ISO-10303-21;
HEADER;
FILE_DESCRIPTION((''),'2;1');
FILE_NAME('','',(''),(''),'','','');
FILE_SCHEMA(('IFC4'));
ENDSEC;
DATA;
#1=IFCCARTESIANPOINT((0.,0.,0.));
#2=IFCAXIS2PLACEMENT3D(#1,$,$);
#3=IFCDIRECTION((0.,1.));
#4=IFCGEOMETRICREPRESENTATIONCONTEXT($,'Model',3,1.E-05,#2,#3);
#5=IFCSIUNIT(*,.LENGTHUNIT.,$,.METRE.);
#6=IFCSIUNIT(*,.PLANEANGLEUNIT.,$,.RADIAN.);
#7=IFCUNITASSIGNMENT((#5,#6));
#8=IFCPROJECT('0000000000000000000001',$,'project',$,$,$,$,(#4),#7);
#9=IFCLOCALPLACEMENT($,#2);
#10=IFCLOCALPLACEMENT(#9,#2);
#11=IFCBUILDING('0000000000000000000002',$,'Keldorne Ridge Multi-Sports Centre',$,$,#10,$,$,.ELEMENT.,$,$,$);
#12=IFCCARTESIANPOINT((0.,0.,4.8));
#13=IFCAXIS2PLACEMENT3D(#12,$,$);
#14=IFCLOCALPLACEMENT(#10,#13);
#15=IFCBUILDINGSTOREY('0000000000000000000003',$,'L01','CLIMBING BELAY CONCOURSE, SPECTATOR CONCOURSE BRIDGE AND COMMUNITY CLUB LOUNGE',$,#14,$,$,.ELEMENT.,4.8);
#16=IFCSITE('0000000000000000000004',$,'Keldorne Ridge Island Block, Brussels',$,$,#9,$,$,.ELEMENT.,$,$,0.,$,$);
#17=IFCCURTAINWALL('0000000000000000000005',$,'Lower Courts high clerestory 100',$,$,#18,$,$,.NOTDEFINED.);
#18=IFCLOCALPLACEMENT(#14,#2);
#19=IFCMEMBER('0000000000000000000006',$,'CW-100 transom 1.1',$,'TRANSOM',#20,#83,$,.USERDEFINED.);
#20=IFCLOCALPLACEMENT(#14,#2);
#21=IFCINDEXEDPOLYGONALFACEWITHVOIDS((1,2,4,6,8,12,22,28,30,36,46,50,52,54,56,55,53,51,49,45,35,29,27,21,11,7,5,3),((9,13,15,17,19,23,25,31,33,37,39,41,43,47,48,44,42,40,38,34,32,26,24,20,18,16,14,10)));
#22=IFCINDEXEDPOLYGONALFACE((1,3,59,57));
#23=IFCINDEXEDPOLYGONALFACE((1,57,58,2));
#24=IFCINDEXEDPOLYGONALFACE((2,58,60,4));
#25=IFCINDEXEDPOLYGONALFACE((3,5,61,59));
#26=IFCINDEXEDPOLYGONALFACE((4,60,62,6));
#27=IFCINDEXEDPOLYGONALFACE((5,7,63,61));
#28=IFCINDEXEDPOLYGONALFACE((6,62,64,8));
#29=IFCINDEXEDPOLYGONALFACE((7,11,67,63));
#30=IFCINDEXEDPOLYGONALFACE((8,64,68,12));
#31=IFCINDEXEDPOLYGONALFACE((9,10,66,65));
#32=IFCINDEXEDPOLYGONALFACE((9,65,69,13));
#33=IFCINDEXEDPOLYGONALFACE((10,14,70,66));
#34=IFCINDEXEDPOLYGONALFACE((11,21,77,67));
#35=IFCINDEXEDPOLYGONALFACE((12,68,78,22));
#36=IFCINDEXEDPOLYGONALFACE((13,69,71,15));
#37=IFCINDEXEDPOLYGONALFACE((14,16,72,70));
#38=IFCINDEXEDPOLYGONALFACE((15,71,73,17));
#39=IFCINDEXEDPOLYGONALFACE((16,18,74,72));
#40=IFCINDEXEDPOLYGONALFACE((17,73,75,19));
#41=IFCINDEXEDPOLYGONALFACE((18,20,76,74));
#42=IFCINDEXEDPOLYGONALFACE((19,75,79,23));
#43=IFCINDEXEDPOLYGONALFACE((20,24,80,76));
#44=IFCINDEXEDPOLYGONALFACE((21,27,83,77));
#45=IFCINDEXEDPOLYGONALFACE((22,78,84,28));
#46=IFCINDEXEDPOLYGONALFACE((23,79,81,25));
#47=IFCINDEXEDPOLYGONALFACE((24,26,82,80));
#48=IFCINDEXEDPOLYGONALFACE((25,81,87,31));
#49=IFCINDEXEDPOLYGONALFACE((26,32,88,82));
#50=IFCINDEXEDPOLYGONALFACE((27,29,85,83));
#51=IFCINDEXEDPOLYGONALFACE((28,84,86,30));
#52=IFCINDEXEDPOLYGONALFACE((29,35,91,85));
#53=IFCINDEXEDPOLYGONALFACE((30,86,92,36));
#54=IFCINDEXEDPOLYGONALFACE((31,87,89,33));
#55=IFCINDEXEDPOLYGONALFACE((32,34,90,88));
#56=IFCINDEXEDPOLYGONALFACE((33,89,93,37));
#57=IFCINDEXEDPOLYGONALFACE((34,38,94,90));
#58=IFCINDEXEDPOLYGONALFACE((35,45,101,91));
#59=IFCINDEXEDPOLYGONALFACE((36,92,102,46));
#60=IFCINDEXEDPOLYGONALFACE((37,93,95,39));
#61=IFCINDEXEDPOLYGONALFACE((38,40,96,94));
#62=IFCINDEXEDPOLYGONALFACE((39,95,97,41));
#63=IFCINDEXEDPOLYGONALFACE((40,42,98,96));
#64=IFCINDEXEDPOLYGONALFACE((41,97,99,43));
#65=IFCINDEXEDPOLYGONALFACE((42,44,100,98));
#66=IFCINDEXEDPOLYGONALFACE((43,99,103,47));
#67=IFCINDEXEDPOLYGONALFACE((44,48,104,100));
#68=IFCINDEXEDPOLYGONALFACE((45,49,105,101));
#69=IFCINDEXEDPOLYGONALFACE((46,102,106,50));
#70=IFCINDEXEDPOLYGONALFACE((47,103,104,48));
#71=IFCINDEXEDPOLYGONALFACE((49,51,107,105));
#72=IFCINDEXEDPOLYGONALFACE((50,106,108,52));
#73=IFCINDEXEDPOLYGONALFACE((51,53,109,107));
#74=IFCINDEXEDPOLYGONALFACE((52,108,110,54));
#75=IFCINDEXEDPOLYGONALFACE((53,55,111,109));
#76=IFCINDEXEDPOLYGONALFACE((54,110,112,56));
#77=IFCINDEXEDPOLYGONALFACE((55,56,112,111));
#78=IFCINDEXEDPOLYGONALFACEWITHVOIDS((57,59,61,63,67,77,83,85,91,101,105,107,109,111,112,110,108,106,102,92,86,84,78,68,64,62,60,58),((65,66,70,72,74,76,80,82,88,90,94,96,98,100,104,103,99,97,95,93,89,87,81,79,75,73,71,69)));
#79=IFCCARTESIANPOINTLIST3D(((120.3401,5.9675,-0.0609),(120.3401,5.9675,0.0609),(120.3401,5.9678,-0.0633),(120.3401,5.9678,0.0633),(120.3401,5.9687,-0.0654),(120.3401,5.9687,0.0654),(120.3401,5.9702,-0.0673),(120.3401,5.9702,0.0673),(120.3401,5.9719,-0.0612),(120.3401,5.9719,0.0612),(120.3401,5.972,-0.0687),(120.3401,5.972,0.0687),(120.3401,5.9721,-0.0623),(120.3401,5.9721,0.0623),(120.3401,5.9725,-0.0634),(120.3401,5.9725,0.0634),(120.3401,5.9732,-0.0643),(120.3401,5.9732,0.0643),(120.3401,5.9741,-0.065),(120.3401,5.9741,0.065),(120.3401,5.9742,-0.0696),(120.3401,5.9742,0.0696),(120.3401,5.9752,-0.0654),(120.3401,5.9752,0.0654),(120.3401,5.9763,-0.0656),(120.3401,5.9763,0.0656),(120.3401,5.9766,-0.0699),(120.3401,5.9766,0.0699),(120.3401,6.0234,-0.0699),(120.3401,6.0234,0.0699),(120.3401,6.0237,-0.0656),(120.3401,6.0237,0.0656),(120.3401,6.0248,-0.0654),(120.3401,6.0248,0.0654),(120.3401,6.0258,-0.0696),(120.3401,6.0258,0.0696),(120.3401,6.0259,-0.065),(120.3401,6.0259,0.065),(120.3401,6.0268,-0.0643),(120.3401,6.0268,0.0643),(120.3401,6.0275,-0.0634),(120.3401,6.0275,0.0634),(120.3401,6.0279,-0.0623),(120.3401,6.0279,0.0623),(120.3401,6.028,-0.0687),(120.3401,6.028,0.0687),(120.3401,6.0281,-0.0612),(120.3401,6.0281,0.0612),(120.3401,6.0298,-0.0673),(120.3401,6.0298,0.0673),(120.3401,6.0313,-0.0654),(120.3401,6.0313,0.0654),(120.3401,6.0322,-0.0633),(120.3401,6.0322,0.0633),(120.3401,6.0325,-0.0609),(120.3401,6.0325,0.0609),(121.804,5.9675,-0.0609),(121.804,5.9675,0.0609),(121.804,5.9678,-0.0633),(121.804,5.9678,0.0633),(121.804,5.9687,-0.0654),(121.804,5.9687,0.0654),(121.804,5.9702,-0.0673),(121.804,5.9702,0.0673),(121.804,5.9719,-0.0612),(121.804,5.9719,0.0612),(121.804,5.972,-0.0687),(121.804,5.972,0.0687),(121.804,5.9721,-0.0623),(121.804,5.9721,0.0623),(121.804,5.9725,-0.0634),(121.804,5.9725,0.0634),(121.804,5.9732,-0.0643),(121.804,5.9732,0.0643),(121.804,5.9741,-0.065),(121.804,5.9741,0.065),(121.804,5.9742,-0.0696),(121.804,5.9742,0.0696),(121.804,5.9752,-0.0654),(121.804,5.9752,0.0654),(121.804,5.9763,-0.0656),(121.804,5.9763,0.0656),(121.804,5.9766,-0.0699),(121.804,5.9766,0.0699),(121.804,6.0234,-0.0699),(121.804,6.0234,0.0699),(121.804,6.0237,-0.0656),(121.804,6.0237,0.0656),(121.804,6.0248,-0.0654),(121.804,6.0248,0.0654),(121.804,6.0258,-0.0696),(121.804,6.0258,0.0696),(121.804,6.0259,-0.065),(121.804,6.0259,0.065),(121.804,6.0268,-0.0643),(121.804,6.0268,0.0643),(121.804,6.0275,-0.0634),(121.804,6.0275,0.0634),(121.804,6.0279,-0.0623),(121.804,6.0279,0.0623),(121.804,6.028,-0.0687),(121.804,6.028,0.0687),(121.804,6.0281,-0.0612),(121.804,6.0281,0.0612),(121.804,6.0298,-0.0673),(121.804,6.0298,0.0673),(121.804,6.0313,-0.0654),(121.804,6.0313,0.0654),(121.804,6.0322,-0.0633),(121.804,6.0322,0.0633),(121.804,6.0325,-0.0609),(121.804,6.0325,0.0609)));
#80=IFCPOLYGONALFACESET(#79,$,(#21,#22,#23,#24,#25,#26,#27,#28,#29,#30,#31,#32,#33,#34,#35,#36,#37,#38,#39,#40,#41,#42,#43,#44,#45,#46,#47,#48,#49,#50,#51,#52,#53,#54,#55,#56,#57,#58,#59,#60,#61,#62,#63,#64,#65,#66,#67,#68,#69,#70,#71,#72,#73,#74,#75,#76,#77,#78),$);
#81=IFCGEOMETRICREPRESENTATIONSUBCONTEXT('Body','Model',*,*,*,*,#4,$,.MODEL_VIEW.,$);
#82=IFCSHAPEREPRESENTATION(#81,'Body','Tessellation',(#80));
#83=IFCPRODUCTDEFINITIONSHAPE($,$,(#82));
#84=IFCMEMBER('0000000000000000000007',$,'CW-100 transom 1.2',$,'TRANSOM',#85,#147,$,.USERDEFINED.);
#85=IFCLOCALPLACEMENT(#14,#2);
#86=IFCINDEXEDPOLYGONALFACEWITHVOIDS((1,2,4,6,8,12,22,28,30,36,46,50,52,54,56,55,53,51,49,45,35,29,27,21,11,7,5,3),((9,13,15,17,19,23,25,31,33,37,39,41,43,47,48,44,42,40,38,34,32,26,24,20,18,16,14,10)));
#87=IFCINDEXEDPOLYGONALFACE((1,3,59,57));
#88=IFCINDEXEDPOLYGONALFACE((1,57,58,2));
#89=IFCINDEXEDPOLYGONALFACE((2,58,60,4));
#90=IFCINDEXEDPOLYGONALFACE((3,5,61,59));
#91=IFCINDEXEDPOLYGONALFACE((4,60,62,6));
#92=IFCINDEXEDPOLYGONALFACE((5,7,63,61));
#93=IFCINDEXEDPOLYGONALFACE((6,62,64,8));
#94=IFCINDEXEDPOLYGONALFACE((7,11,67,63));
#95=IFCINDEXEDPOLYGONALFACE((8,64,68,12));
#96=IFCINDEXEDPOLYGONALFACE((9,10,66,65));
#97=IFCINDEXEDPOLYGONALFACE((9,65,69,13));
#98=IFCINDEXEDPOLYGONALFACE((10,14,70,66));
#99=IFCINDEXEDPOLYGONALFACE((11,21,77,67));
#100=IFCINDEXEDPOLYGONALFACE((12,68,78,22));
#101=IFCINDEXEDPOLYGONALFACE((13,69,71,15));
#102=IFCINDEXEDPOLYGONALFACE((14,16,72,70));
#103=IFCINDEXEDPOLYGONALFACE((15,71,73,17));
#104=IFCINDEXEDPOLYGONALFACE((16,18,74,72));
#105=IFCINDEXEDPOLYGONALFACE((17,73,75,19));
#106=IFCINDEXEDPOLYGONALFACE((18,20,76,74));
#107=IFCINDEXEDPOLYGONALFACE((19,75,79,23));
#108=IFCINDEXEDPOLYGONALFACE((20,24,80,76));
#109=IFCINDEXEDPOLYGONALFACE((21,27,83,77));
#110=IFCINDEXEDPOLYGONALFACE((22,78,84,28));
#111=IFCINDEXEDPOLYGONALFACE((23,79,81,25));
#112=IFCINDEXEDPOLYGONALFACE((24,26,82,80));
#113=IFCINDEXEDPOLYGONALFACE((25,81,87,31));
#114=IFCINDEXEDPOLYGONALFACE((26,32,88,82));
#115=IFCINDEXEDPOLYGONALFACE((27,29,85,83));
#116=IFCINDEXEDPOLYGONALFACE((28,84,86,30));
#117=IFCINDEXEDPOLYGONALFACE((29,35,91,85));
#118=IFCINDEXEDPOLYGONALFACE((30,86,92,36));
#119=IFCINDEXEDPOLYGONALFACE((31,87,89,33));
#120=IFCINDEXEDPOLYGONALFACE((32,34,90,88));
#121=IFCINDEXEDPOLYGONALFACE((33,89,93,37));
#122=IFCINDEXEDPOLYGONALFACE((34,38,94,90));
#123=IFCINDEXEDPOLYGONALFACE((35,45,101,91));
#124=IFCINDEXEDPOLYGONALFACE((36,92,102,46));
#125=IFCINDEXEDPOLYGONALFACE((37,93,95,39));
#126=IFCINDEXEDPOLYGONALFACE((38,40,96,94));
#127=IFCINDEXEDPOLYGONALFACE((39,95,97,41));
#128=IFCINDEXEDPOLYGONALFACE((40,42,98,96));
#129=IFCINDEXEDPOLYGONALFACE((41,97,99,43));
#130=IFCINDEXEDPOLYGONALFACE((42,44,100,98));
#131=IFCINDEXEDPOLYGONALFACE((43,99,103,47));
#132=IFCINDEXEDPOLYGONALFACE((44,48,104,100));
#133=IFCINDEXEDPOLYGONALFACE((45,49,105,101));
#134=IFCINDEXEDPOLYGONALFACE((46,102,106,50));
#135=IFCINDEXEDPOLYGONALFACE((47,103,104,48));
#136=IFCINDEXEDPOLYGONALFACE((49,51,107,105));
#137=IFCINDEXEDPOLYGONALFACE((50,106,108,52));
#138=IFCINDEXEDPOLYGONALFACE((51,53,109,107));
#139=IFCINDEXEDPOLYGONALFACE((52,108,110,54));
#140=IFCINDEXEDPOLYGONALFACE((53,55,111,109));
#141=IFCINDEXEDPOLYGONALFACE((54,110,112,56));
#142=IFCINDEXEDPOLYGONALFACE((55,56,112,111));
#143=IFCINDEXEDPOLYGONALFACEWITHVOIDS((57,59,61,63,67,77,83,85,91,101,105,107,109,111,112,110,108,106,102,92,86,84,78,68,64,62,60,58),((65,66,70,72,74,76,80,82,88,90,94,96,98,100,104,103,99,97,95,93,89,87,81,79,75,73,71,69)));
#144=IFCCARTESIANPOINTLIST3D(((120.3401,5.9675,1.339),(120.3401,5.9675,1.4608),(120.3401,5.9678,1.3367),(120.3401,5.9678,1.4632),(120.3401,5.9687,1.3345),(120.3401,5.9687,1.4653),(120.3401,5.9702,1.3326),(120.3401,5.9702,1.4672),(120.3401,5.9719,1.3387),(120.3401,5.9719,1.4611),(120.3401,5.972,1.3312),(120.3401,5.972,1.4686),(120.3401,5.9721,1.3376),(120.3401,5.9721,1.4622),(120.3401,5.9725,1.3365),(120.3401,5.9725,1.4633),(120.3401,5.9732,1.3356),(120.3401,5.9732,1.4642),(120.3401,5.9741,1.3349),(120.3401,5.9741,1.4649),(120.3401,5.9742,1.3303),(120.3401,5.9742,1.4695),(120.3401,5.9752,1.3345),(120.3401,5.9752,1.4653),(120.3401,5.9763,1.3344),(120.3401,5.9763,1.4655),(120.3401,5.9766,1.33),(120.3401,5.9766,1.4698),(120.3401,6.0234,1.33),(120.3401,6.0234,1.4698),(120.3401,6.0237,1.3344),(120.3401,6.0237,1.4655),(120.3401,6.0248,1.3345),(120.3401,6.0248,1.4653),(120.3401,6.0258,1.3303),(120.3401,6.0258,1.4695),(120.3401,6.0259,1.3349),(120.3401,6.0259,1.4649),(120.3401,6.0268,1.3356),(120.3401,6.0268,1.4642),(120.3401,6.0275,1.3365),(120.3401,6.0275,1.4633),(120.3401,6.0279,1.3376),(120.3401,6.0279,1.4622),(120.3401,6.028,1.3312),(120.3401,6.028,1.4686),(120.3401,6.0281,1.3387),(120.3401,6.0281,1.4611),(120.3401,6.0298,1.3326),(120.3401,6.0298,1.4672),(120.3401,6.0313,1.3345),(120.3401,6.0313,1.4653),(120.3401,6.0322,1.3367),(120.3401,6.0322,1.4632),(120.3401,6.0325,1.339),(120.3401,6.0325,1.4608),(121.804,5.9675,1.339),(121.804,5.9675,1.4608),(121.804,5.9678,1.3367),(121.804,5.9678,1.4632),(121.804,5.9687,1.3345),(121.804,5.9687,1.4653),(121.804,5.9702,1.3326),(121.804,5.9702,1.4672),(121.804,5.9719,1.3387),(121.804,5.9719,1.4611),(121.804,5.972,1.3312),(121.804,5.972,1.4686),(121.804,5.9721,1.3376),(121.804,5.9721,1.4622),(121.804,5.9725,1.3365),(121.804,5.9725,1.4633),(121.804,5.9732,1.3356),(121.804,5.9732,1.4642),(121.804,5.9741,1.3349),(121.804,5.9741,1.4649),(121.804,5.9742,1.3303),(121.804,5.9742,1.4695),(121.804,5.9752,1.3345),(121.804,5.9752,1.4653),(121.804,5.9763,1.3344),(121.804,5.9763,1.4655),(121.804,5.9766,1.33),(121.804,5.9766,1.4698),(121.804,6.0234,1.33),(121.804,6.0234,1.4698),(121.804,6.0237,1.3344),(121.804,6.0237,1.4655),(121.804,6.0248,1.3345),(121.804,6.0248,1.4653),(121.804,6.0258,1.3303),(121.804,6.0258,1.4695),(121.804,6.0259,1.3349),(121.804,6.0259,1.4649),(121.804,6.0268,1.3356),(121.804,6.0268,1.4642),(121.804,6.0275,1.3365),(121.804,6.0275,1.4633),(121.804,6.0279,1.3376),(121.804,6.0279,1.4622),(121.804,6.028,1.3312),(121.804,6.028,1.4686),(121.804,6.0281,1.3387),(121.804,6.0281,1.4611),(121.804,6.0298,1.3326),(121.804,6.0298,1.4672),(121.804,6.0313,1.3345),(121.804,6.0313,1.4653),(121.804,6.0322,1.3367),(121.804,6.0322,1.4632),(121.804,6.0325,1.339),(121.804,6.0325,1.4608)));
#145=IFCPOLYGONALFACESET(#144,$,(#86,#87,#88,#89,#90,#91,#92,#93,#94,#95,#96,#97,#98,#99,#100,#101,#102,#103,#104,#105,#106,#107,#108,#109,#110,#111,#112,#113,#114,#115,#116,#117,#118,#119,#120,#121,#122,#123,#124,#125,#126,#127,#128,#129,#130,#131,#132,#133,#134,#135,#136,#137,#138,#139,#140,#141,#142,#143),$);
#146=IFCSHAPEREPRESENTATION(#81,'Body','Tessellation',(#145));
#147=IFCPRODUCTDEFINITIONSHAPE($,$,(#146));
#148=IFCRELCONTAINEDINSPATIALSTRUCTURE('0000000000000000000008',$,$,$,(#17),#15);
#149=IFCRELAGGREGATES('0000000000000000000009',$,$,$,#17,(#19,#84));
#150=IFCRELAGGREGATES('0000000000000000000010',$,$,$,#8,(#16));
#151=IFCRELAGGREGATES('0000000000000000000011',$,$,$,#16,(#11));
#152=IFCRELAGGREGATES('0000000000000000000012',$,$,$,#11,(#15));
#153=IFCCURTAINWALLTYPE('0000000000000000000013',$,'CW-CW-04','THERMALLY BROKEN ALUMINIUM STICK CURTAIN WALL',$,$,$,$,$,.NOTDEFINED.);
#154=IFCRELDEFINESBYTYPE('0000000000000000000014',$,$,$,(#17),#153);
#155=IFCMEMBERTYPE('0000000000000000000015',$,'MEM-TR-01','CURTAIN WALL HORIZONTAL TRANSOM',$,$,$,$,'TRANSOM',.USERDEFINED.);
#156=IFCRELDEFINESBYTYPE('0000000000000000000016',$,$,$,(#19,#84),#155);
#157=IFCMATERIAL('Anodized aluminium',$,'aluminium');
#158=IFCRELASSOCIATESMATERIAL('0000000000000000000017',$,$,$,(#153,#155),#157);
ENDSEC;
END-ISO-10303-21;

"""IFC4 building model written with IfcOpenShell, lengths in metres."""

from ifc_helpers import new_model, si_unit, direction, frame, origin, origin_2d, place, context, subcontext, project, spatial, hollow_rectangle, extrude, material, material_profile, profile_set, type_object, element, aggregate, save


model = new_model("IFC4")

# Units and contexts
model_context = context("Model", 3, precision=1e-05, world=origin(), true_north=direction((0.0, 1.0)))
body_context = subcontext(model_context, "Body", "Model", "MODEL_VIEW")
ifc_project = project(units=[si_unit("LENGTHUNIT", "METRE"), si_unit("PLANEANGLEUNIT", "RADIAN")], contexts=[model_context])

# Site, building, storey
site_placement = place(None, origin())
site = spatial("IfcSite", under=ifc_project, at=site_placement, Name="Keldorne Ridge Island Block, Brussels", CompositionType="ELEMENT", RefElevation=0.0)
building_placement = place(site_placement, origin())
building = spatial("IfcBuilding", under=site, at=building_placement, Name="Keldorne Ridge Multi-Sports Centre", CompositionType="ELEMENT")
storey_placement = place(building_placement, frame((0.0, 0.0, 4.8)))
storey = spatial("IfcBuildingStorey", under=building, at=storey_placement, Name="L01", Description="CLIMBING BELAY CONCOURSE, SPECTATOR CONCOURSE BRIDGE AND COMMUNITY CLUB LOUNGE", CompositionType="ELEMENT", Elevation=4.8)

# Curtain wall, members
ifc_material_1 = material(Name="Anodized aluminium", Category="aluminium")
curtain_wall_type = type_object("IfcCurtainWallType", Name="CW-CW-04", Description="THERMALLY BROKEN ALUMINIUM STICK CURTAIN WALL", PredefinedType="NOTDEFINED", material=ifc_material_1)
curtain_wall_placement = place(storey_placement, origin())
curtain_wall = element("IfcCurtainWall", 1, at=curtain_wall_placement, inside=storey, type_object=curtain_wall_type, Name="Lower Courts high clerestory 100", PredefinedType="NOTDEFINED")
ifc_material_profile_1 = material_profile(ifc_material_1, hollow_rectangle(XDim=0.0649, YDim=0.1399, WallThickness=0.0044, InnerFilletRadius=0.0044, OuterFilletRadius=0.009, at=origin_2d()), Name="ALU TRANSOM 140x65x4.5")
ifc_profile_set_1 = profile_set([ifc_material_profile_1], Name="Anodized aluminium")
member_type_1 = type_object("IfcMemberType", Name="MEM-TR-01", Description="CURTAIN WALL HORIZONTAL TRANSOM", ElementType="TRANSOM", PredefinedType="USERDEFINED", material=ifc_profile_set_1)
member_1_placement = place(storey_placement, frame((120.3401, 6.0, 0.0), z_axis=(1.0, 0.0, 0.0), x_axis=(0.0, 1.0, 0.0)))
member_1 = element("IfcMember", 2, at=member_1_placement, type_object=member_type_1, Name="CW-100 transom 1.1", ObjectType="TRANSOM", PredefinedType="USERDEFINED", context=body_context, shape_type="SweptSolid", body=[
    extrude(hollow_rectangle(XDim=0.0649, YDim=0.1399, WallThickness=0.0044, InnerFilletRadius=0.0044, OuterFilletRadius=0.009, at=origin_2d()), origin(), (0.0, 0.0, 1.0), 1.4639),
])
member_2_placement = place(storey_placement, frame((120.3401, 6.0, 1.3999), z_axis=(1.0, 0.0, 0.0), x_axis=(0.0, 1.0, 0.0)))
member_2 = element("IfcMember", 3, at=member_2_placement, type_object=member_type_1, Name="CW-100 transom 1.2", ObjectType="TRANSOM", PredefinedType="USERDEFINED", context=body_context, shape_type="SweptSolid", body=[
    extrude(hollow_rectangle(XDim=0.0649, YDim=0.1399, WallThickness=0.0044, InnerFilletRadius=0.0044, OuterFilletRadius=0.009, at=origin_2d()), origin(), (0.0, 0.0, 1.0), 1.4639),
])

aggregate(curtain_wall, [member_1, member_2])

save(model, "model.ifc")
